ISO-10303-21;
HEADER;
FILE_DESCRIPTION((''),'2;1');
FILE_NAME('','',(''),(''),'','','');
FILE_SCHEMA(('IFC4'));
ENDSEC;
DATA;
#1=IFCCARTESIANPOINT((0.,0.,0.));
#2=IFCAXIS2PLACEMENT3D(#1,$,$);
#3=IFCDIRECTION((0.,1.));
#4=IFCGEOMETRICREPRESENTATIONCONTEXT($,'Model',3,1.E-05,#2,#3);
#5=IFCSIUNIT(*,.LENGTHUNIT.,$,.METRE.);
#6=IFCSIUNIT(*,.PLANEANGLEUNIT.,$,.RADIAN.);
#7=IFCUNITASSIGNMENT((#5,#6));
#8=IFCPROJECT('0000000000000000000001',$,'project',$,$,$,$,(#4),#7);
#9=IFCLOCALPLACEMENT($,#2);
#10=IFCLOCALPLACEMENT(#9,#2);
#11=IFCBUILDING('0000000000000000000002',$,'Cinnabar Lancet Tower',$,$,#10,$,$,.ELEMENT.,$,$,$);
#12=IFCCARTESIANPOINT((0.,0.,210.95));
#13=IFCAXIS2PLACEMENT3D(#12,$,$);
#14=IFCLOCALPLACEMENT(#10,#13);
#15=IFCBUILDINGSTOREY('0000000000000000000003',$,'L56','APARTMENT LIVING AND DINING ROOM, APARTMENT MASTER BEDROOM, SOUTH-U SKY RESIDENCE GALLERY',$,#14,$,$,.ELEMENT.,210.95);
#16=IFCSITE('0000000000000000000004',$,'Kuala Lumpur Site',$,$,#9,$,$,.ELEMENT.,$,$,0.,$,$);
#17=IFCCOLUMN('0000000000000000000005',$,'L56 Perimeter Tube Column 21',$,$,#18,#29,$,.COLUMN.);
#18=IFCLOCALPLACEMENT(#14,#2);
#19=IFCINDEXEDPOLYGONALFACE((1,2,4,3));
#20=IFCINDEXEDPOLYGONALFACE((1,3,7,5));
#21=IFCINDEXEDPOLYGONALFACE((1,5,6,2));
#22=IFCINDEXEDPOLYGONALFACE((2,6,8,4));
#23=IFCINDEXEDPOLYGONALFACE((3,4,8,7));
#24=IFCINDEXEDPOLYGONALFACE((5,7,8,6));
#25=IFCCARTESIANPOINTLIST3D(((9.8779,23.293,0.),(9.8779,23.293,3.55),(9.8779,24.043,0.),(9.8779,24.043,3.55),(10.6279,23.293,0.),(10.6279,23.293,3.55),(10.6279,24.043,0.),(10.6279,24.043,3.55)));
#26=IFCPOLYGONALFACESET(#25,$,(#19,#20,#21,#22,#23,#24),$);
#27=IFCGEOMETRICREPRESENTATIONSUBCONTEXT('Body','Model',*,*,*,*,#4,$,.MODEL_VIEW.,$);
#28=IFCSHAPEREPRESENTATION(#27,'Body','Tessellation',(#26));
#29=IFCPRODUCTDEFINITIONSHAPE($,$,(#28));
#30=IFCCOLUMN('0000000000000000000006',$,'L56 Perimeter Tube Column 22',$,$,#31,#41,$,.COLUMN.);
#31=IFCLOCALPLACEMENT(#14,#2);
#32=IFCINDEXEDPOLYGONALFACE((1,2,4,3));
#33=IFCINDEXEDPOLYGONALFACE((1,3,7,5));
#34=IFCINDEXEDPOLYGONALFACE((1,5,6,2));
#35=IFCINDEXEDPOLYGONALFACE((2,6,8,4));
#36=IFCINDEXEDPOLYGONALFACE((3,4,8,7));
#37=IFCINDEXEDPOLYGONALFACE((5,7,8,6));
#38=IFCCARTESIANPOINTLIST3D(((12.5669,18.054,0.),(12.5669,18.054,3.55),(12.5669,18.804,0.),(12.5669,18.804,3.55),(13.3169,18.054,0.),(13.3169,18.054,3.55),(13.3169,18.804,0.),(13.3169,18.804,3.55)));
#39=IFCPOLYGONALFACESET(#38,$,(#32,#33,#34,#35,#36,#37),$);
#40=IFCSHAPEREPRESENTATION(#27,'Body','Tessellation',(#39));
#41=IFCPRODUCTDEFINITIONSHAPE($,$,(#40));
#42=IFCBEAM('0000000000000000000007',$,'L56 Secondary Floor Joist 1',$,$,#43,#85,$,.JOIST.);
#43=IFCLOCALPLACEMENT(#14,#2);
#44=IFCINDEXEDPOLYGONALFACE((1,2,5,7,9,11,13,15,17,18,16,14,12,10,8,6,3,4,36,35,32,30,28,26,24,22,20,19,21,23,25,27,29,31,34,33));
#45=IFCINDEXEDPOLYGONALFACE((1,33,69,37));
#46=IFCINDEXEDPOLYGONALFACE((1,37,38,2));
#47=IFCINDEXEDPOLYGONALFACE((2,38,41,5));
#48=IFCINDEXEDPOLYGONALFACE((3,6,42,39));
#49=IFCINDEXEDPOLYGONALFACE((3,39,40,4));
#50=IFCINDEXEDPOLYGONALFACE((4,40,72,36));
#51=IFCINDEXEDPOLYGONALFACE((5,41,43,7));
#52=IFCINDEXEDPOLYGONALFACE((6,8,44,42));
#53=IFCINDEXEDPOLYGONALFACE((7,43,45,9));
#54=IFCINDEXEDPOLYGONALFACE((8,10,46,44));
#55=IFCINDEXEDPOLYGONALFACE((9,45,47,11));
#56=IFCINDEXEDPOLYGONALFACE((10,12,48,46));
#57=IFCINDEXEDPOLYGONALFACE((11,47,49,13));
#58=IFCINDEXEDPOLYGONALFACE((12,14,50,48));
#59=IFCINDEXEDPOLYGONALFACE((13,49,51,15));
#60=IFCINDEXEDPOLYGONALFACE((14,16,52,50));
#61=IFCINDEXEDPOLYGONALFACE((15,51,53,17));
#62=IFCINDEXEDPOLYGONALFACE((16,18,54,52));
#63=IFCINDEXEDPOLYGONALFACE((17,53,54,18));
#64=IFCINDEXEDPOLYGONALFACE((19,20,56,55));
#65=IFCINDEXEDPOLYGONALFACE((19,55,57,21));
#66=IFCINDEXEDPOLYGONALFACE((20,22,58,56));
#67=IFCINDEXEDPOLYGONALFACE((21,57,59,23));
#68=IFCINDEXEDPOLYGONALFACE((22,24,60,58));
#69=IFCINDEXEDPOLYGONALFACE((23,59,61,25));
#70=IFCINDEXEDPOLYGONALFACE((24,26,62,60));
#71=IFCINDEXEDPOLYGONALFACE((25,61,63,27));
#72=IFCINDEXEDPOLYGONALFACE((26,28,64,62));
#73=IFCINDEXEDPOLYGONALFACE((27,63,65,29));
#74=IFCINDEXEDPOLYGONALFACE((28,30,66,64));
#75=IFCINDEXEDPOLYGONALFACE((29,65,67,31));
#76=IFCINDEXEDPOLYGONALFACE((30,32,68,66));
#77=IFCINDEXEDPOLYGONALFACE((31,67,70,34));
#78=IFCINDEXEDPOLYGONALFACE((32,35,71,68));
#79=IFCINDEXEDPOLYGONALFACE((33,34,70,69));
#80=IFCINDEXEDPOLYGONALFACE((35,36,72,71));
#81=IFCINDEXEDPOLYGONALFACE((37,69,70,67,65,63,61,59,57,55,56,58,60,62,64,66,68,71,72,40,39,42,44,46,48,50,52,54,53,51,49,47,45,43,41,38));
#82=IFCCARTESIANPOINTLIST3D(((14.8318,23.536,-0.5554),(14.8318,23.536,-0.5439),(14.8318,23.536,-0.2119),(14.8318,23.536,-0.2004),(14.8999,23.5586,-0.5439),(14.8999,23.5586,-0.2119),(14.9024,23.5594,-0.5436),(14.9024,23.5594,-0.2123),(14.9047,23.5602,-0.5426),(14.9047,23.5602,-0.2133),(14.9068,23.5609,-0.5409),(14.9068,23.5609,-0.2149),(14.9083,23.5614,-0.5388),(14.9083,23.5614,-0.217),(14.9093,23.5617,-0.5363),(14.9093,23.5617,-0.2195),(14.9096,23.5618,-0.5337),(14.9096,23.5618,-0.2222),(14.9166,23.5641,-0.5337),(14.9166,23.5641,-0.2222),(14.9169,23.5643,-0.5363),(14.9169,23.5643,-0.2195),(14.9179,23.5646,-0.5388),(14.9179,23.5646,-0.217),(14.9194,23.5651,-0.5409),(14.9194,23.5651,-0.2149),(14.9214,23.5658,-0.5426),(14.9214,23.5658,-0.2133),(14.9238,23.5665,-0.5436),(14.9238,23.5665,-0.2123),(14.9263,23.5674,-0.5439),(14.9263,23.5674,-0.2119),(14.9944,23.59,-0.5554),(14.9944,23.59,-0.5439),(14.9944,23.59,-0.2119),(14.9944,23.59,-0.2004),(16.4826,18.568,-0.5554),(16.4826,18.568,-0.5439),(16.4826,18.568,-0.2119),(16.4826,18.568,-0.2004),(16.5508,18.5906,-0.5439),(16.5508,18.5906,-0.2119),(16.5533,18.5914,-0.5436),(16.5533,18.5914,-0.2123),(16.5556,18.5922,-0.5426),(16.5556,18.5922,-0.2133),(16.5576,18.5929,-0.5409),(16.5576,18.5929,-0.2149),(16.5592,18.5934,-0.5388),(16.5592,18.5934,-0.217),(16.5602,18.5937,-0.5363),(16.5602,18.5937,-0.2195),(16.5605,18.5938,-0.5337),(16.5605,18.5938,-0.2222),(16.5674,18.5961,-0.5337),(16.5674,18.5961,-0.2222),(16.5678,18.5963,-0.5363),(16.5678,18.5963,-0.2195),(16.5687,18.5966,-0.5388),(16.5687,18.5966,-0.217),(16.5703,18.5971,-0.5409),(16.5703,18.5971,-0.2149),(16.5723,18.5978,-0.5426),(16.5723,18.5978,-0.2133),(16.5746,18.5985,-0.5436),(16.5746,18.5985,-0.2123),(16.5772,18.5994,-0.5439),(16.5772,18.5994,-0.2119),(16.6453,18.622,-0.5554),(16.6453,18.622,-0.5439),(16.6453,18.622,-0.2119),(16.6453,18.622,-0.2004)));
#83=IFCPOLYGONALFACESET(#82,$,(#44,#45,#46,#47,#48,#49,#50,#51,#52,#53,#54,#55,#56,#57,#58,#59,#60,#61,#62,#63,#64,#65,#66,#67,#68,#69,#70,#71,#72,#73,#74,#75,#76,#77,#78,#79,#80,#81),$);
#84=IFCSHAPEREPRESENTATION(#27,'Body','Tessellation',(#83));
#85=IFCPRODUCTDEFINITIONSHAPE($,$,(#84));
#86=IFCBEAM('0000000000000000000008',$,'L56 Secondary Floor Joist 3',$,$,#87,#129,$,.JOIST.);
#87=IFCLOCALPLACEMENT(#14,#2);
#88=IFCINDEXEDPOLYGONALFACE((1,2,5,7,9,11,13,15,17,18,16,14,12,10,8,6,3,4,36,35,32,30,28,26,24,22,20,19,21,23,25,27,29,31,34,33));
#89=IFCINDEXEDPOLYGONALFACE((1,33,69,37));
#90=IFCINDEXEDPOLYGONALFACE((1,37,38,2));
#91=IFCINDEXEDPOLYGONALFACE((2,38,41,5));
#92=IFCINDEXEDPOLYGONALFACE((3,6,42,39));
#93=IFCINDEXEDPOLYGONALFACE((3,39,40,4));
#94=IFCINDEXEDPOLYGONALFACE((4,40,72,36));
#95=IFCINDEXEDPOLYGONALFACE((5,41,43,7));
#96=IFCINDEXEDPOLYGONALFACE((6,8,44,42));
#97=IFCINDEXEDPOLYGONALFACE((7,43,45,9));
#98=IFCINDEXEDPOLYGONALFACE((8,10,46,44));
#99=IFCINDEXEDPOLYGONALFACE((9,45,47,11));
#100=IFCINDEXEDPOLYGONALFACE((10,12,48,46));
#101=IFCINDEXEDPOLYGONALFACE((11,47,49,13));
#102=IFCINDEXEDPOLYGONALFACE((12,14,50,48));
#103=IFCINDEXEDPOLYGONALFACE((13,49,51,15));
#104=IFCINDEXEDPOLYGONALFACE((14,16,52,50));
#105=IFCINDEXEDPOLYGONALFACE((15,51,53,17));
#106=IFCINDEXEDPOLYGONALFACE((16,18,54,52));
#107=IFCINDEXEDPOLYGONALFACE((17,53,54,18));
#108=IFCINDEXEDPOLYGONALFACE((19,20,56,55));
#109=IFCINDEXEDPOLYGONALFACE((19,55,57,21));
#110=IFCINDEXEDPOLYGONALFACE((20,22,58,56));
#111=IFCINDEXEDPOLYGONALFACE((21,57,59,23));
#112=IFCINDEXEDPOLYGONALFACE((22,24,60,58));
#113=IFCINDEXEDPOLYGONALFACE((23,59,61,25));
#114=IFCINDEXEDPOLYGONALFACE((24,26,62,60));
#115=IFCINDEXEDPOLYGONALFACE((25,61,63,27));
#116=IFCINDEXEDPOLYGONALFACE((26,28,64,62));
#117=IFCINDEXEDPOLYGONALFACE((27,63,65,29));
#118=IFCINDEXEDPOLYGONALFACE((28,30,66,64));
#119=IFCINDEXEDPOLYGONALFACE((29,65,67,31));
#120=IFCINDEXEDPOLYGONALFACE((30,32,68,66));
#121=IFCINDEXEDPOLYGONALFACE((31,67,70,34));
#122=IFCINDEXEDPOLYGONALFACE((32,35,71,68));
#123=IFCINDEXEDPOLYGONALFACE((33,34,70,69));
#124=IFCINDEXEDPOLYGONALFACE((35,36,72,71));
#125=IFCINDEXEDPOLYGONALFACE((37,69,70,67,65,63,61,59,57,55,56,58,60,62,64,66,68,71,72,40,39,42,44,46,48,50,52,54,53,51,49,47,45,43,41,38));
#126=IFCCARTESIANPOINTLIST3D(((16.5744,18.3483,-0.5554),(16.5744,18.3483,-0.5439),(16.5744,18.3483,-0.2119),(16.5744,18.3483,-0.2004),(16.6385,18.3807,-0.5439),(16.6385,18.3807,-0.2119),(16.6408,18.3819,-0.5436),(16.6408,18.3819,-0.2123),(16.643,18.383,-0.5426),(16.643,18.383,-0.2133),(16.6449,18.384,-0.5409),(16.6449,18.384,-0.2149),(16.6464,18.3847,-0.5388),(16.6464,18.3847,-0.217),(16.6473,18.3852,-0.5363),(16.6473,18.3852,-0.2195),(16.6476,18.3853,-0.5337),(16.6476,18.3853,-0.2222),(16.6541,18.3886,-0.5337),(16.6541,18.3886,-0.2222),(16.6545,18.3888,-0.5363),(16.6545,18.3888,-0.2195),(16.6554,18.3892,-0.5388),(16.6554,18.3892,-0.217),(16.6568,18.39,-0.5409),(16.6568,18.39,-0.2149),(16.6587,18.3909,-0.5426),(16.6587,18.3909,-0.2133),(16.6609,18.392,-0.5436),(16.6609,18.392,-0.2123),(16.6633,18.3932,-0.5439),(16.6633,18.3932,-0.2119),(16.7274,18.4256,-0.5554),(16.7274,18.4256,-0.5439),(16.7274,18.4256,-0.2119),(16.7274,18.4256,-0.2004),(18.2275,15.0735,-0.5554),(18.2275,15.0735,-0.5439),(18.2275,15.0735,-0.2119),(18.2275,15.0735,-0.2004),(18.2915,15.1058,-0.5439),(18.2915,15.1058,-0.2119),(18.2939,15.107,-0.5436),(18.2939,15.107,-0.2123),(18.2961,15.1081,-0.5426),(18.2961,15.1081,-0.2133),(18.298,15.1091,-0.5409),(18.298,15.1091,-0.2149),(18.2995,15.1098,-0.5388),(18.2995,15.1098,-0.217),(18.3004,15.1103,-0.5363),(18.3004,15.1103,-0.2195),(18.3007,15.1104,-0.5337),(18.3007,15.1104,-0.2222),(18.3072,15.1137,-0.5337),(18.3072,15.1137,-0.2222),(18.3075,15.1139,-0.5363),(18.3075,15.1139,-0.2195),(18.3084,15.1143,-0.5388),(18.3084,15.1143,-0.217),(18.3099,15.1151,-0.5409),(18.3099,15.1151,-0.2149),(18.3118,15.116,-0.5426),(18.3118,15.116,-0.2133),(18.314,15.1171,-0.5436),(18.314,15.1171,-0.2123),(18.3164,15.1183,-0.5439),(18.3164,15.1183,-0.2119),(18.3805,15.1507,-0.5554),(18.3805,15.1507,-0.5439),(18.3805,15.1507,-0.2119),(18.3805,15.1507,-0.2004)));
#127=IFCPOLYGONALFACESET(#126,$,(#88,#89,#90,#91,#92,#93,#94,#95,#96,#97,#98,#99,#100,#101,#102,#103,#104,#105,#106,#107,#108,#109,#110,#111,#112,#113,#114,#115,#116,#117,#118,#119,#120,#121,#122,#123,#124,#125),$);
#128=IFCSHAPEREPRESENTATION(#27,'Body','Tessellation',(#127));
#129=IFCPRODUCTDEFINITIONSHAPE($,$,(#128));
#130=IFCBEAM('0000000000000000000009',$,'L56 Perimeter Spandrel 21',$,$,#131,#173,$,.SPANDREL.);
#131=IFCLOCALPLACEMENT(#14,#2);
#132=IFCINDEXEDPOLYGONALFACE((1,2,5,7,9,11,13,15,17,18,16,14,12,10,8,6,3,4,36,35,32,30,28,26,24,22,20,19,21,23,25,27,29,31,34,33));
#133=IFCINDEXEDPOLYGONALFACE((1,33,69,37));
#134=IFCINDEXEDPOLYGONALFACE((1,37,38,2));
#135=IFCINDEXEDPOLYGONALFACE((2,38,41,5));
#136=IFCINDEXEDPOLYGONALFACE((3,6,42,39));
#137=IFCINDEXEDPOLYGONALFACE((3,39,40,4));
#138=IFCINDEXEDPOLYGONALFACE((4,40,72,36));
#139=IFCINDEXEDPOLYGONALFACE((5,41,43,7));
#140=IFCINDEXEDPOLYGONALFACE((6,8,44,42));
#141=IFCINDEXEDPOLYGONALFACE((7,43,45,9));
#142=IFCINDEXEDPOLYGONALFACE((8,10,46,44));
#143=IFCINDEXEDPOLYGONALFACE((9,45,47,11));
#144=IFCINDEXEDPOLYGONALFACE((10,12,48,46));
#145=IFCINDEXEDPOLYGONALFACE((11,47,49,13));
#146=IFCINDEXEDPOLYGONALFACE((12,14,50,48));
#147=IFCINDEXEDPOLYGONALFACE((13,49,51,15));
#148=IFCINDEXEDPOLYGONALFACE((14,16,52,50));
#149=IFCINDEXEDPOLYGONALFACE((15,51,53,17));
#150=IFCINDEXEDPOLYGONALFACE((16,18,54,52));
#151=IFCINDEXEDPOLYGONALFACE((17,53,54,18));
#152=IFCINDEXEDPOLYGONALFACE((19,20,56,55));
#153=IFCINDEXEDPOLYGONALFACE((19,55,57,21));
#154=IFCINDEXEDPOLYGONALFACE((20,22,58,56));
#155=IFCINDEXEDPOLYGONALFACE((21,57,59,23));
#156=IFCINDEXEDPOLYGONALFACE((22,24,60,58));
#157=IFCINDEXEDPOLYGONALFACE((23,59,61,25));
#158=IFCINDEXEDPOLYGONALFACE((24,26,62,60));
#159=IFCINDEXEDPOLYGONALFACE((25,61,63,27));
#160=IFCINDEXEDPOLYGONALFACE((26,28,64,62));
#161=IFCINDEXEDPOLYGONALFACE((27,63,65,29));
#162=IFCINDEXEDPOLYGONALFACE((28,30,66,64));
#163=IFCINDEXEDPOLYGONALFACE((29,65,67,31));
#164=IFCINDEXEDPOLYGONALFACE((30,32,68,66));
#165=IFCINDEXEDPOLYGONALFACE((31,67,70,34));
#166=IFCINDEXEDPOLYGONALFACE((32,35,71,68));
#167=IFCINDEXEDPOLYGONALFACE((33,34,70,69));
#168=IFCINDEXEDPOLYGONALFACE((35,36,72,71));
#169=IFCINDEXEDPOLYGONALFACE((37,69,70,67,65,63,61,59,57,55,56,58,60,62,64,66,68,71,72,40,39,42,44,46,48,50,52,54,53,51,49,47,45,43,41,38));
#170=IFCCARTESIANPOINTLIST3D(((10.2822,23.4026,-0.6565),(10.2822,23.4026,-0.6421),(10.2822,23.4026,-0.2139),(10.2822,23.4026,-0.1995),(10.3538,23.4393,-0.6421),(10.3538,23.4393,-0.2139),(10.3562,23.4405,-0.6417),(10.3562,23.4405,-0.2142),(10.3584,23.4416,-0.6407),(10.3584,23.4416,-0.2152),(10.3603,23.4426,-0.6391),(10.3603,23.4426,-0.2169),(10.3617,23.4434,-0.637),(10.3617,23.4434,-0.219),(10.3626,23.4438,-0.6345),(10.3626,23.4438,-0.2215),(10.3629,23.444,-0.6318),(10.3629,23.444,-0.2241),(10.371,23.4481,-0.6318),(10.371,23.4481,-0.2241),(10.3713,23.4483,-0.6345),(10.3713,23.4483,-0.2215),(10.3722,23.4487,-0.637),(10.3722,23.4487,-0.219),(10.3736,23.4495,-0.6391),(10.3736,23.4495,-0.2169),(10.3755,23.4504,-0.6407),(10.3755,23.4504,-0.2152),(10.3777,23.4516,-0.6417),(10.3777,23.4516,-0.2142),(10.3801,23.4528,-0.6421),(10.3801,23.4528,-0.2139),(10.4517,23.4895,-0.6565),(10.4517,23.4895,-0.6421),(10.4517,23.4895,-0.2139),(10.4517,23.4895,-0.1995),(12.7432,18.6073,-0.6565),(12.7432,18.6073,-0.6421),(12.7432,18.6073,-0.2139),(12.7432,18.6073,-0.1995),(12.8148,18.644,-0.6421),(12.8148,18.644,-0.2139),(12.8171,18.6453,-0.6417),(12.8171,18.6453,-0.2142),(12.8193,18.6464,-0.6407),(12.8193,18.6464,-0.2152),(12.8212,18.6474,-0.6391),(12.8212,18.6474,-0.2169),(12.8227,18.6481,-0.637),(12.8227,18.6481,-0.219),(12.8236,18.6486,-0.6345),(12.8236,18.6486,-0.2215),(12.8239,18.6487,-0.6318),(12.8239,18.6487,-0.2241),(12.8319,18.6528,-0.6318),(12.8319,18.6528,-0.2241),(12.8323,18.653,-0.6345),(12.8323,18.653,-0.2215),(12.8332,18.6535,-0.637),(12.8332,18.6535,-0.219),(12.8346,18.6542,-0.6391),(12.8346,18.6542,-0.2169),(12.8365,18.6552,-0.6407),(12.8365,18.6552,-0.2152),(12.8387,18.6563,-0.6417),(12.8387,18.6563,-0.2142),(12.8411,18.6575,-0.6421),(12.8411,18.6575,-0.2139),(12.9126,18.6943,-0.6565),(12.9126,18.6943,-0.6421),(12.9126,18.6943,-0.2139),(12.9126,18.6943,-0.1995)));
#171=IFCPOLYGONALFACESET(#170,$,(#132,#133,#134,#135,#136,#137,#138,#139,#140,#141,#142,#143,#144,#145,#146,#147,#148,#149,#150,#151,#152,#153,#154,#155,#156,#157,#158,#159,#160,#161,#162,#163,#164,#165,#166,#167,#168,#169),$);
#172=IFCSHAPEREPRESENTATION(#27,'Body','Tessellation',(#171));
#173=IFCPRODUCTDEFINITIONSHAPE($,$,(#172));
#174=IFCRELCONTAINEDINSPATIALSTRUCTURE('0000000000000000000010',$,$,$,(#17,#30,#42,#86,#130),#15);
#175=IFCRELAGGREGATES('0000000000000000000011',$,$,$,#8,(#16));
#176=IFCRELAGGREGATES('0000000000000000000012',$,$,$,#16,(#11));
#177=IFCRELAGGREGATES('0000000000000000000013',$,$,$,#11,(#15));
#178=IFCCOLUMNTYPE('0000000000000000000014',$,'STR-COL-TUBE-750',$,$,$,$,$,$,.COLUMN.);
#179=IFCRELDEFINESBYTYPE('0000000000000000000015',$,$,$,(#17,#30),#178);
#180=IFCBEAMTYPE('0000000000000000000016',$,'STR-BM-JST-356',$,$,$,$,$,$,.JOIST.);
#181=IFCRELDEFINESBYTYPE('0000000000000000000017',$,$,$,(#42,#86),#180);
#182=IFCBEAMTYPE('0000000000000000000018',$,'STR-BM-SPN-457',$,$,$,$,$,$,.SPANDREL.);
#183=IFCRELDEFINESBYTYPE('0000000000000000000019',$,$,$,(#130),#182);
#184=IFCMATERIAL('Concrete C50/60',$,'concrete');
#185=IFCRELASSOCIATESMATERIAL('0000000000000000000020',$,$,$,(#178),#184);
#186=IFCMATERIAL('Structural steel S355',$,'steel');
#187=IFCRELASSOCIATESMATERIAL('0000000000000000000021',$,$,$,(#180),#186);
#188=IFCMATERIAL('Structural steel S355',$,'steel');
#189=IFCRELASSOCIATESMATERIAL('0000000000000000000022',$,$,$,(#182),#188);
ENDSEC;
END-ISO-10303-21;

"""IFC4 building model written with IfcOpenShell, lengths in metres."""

from ifc_helpers import new_model, si_unit, direction, frame, origin, origin_2d, place, context, subcontext, project, spatial, rectangle, i_section, extrude, material, material_profile, profile_set, type_object, element, save


model = new_model("IFC4")

# Units and contexts
model_context = context("Model", 3, precision=1e-05, world=origin(), true_north=direction((0.0, 1.0)))
body_context = subcontext(model_context, "Body", "Model", "MODEL_VIEW")
ifc_project = project(units=[si_unit("LENGTHUNIT", "METRE"), si_unit("PLANEANGLEUNIT", "RADIAN")], contexts=[model_context])

# Site, building, storey
site_placement = place(None, origin())
site = spatial("IfcSite", under=ifc_project, at=site_placement, Name="Kuala Lumpur Site", CompositionType="ELEMENT", RefElevation=0.0)
building_placement = place(site_placement, origin())
building = spatial("IfcBuilding", under=site, at=building_placement, Name="Cinnabar Lancet Tower", CompositionType="ELEMENT")
storey_placement = place(building_placement, frame((0.0, 0.0, 210.95)))
storey = spatial("IfcBuildingStorey", under=building, at=storey_placement, Name="L56", Description="APARTMENT LIVING AND DINING ROOM, APARTMENT MASTER BEDROOM, SOUTH-U SKY RESIDENCE GALLERY", CompositionType="ELEMENT", Elevation=210.95)

# Columns
ifc_material_1 = material(Name="Concrete C50/60", Category="concrete")
ifc_material_profile_1 = material_profile(ifc_material_1, rectangle(XDim=0.75, YDim=0.75, at=origin_2d()), Name="RC-COL 750x750")
ifc_profile_set_1 = profile_set([ifc_material_profile_1], Name="Concrete C50/60")
column_type = type_object("IfcColumnType", Name="STR-COL-TUBE-750", PredefinedType="COLUMN", material=ifc_profile_set_1)
for number, where, z_axis, x_axis, name in (
    (1, (10.2529, 23.668, 0.0), (0.0, 0.0, 1.0), (1.0, 0.0, 0.0), "L56 Perimeter Tube Column 21"),
    (2, (12.9419, 18.429, 0.0), (0.0, 0.0, 1.0), (1.0, 0.0, 0.0), "L56 Perimeter Tube Column 22"),
):
    element("IfcColumn", number, at=place(storey_placement, frame(where, z_axis=z_axis, x_axis=x_axis)), inside=storey, type_object=column_type, Name=name, PredefinedType="COLUMN", context=body_context, shape_type="SweptSolid", body=[
        extrude(rectangle(XDim=0.75, YDim=0.75, at=origin_2d()), origin(), (0.0, 0.0, 1.0), 3.55),
    ])

# Beams
ifc_material_2 = material(Name="Structural steel S355", Category="steel")
ifc_material_profile_2 = material_profile(ifc_material_2, i_section(OverallWidth=0.1714, OverallDepth=0.355, WebThickness=0.0073, FlangeThickness=0.0115, FilletRadius=0.0103, at=origin_2d()), Name="UKB 356x171x51")
ifc_profile_set_2 = profile_set([ifc_material_profile_2], Name="Structural steel S355")
beam_type_1 = type_object("IfcBeamType", Name="STR-BM-JST-356", PredefinedType="JOIST", material=ifc_profile_set_2)
beam_1_placement = place(storey_placement, frame((14.9131, 23.563, -0.3779), z_axis=(0.315346, -0.948977, 0.0), x_axis=(0.948977, 0.315346, 0.0)))
element("IfcBeam", 3, at=beam_1_placement, inside=storey, type_object=beam_type_1, Name="L56 Secondary Floor Joist 1", PredefinedType="JOIST", context=body_context, shape_type="SweptSolid", body=[
    extrude(i_section(OverallWidth=0.1714, OverallDepth=0.355, WebThickness=0.0073, FlangeThickness=0.0115, FilletRadius=0.0103, at=origin_2d()), origin(), (0.0, 0.0, 1.0), 5.2351),
])
beam_2_placement = place(storey_placement, frame((16.6509, 18.387, -0.3779), z_axis=(0.450618, -0.892717, 0.0), x_axis=(0.892717, 0.450618, 0.0)))
element("IfcBeam", 4, at=beam_2_placement, inside=storey, type_object=beam_type_1, Name="L56 Secondary Floor Joist 3", PredefinedType="JOIST", context=body_context, shape_type="SweptSolid", body=[
    extrude(i_section(OverallWidth=0.1714, OverallDepth=0.355, WebThickness=0.0073, FlangeThickness=0.0115, FilletRadius=0.0103, at=origin_2d()), origin(), (0.0, 0.0, 1.0), 3.6685),
])
ifc_material_3 = material(Name="Structural steel S355", Category="steel")
ifc_material_profile_3 = material_profile(ifc_material_3, i_section(OverallWidth=0.1904, OverallDepth=0.457, WebThickness=0.009, FlangeThickness=0.0144, FilletRadius=0.0103, at=origin_2d()), Name="UKB 457x191x74")
ifc_profile_set_3 = profile_set([ifc_material_profile_3], Name="Structural steel S355")
beam_type_2 = type_object("IfcBeamType", Name="STR-BM-SPN-457", PredefinedType="SPANDREL", material=ifc_profile_set_3)
beam_3_placement = place(storey_placement, frame((10.3669, 23.446, -0.428), z_axis=(0.456593, -0.889676, 0.0), x_axis=(0.889676, 0.456593, 0.0)))
element("IfcBeam", 5, at=beam_3_placement, inside=storey, type_object=beam_type_2, Name="L56 Perimeter Spandrel 21", PredefinedType="SPANDREL", context=body_context, shape_type="SweptSolid", body=[
    extrude(i_section(OverallWidth=0.1904, OverallDepth=0.457, WebThickness=0.009, FlangeThickness=0.0144, FilletRadius=0.0103, at=origin_2d()), origin(), (0.0, 0.0, 1.0), 5.3899),
])

save(model, "model.ifc")
